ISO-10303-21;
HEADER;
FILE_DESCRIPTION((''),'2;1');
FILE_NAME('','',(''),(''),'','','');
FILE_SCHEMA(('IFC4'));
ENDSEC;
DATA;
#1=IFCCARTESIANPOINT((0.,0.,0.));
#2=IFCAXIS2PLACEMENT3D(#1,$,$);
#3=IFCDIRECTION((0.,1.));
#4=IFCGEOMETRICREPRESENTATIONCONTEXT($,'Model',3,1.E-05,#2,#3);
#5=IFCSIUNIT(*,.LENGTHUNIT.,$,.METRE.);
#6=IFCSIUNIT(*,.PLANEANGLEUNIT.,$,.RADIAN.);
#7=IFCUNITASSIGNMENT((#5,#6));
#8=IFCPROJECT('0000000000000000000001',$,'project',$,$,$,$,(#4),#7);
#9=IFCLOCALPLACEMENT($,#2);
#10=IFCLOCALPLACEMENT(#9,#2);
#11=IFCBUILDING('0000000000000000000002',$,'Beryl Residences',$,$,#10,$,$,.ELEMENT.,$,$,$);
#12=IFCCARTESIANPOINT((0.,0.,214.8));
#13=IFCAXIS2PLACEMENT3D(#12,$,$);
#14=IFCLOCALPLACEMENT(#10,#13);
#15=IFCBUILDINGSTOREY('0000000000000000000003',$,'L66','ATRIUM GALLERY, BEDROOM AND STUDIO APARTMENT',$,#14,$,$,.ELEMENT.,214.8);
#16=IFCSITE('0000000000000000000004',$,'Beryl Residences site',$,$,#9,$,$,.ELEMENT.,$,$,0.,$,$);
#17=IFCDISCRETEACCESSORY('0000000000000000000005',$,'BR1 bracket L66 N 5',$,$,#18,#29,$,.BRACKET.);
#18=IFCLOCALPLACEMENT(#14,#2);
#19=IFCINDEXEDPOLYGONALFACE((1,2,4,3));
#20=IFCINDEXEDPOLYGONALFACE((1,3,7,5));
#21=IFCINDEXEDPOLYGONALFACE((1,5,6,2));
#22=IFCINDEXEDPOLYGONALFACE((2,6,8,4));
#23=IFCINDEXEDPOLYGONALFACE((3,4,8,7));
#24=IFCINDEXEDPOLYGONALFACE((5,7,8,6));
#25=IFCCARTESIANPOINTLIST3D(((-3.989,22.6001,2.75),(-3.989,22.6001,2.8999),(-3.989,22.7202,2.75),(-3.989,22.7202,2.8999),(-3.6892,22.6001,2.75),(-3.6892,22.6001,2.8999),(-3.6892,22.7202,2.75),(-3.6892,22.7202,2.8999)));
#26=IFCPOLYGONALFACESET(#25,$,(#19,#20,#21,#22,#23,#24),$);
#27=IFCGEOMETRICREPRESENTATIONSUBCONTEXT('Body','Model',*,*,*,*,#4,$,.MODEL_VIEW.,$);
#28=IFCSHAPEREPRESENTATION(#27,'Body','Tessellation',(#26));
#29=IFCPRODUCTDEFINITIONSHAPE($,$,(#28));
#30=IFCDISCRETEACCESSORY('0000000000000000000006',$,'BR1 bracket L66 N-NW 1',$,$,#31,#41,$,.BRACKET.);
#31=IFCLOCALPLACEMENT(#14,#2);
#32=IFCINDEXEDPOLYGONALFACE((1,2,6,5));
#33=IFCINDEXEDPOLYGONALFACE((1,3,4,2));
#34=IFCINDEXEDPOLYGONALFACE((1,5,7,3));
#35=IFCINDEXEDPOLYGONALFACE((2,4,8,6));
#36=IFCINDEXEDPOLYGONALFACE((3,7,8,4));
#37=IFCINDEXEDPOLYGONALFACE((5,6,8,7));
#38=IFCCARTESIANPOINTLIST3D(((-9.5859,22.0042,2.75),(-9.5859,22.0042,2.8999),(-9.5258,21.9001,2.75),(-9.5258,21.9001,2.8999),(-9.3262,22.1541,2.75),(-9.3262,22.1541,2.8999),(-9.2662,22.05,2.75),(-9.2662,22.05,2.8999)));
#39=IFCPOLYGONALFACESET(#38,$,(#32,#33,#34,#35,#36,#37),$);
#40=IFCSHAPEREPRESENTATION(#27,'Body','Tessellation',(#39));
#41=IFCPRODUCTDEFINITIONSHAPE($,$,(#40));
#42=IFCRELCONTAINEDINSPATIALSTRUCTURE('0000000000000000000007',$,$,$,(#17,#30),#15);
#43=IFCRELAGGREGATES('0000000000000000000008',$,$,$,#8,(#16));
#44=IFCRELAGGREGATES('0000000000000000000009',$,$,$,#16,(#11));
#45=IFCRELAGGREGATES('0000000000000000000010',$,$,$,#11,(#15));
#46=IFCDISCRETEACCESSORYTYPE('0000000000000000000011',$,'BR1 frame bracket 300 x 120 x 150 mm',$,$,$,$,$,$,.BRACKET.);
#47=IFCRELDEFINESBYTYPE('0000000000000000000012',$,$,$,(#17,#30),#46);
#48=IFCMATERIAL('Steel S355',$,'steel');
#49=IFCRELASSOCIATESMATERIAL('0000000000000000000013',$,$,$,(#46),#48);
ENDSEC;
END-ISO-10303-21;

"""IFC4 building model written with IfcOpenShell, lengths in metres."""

from ifc_helpers import new_model, si_unit, direction, frame, origin, place, context, subcontext, project, spatial, polyline, outline, extrude, source, transform, mapped, material, type_object, type_shapes, element, save


model = new_model("IFC4")

# Units and contexts
model_context = context("Model", 3, precision=1e-05, world=origin(), true_north=direction((0.0, 1.0)))
body_context = subcontext(model_context, "Body", "Model", "MODEL_VIEW")
ifc_project = project(units=[si_unit("LENGTHUNIT", "METRE"), si_unit("PLANEANGLEUNIT", "RADIAN")], contexts=[model_context])

# Site, building, storey
site_placement = place(None, origin())
site = spatial("IfcSite", under=ifc_project, at=site_placement, Name="Beryl Residences site", CompositionType="ELEMENT", RefElevation=0.0)
building_placement = place(site_placement, origin())
building = spatial("IfcBuilding", under=site, at=building_placement, Name="Beryl Residences", CompositionType="ELEMENT")
storey_placement = place(building_placement, frame((0.0, 0.0, 214.8)))
storey = spatial("IfcBuildingStorey", under=building, at=storey_placement, Name="L66", Description="ATRIUM GALLERY, BEDROOM AND STUDIO APARTMENT", CompositionType="ELEMENT", Elevation=214.8)

# Discrete accessories
ifc_material_1 = material(Name="Steel S355", Category="steel")
discrete_accessory_type = type_object("IfcDiscreteAccessoryType", Name="BR1 frame bracket 300 x 120 x 150 mm", PredefinedType="BRACKET", material=ifc_material_1)
shared_shape_1 = source(origin(), body_context, "Body", "SweptSolid", [
    extrude(outline(polyline([(-0.1499, 0.0), (0.1499, 0.0), (0.1499, 0.1201), (-0.1499, 0.1201), (-0.1499, 0.0)])), origin(), (0.0, 0.0, 1.0), 0.1499),
])
type_shapes(discrete_accessory_type, [shared_shape_1])
for number, where, z_axis, x_axis, name in (
    (1, (-3.8391, 22.6001, 2.75), (0.0, 0.0, 1.0), (1.0, 0.0, 0.0), "BR1 bracket L66 N 5"),
    (2, (-9.396, 21.9751, 2.75), (0.0, 0.0, 1.0), (0.866025, 0.5, 0.0), "BR1 bracket L66 N-NW 1"),
):
    element("IfcDiscreteAccessory", number, at=place(storey_placement, frame(where, z_axis=z_axis, x_axis=x_axis)), inside=storey, type_object=discrete_accessory_type, Name=name, PredefinedType="BRACKET", context=body_context, shape_type="MappedRepresentation", body=[
        mapped(shared_shape_1, transform((0.0, 0.0, 0.0))),
    ])

save(model, "model.ifc")
